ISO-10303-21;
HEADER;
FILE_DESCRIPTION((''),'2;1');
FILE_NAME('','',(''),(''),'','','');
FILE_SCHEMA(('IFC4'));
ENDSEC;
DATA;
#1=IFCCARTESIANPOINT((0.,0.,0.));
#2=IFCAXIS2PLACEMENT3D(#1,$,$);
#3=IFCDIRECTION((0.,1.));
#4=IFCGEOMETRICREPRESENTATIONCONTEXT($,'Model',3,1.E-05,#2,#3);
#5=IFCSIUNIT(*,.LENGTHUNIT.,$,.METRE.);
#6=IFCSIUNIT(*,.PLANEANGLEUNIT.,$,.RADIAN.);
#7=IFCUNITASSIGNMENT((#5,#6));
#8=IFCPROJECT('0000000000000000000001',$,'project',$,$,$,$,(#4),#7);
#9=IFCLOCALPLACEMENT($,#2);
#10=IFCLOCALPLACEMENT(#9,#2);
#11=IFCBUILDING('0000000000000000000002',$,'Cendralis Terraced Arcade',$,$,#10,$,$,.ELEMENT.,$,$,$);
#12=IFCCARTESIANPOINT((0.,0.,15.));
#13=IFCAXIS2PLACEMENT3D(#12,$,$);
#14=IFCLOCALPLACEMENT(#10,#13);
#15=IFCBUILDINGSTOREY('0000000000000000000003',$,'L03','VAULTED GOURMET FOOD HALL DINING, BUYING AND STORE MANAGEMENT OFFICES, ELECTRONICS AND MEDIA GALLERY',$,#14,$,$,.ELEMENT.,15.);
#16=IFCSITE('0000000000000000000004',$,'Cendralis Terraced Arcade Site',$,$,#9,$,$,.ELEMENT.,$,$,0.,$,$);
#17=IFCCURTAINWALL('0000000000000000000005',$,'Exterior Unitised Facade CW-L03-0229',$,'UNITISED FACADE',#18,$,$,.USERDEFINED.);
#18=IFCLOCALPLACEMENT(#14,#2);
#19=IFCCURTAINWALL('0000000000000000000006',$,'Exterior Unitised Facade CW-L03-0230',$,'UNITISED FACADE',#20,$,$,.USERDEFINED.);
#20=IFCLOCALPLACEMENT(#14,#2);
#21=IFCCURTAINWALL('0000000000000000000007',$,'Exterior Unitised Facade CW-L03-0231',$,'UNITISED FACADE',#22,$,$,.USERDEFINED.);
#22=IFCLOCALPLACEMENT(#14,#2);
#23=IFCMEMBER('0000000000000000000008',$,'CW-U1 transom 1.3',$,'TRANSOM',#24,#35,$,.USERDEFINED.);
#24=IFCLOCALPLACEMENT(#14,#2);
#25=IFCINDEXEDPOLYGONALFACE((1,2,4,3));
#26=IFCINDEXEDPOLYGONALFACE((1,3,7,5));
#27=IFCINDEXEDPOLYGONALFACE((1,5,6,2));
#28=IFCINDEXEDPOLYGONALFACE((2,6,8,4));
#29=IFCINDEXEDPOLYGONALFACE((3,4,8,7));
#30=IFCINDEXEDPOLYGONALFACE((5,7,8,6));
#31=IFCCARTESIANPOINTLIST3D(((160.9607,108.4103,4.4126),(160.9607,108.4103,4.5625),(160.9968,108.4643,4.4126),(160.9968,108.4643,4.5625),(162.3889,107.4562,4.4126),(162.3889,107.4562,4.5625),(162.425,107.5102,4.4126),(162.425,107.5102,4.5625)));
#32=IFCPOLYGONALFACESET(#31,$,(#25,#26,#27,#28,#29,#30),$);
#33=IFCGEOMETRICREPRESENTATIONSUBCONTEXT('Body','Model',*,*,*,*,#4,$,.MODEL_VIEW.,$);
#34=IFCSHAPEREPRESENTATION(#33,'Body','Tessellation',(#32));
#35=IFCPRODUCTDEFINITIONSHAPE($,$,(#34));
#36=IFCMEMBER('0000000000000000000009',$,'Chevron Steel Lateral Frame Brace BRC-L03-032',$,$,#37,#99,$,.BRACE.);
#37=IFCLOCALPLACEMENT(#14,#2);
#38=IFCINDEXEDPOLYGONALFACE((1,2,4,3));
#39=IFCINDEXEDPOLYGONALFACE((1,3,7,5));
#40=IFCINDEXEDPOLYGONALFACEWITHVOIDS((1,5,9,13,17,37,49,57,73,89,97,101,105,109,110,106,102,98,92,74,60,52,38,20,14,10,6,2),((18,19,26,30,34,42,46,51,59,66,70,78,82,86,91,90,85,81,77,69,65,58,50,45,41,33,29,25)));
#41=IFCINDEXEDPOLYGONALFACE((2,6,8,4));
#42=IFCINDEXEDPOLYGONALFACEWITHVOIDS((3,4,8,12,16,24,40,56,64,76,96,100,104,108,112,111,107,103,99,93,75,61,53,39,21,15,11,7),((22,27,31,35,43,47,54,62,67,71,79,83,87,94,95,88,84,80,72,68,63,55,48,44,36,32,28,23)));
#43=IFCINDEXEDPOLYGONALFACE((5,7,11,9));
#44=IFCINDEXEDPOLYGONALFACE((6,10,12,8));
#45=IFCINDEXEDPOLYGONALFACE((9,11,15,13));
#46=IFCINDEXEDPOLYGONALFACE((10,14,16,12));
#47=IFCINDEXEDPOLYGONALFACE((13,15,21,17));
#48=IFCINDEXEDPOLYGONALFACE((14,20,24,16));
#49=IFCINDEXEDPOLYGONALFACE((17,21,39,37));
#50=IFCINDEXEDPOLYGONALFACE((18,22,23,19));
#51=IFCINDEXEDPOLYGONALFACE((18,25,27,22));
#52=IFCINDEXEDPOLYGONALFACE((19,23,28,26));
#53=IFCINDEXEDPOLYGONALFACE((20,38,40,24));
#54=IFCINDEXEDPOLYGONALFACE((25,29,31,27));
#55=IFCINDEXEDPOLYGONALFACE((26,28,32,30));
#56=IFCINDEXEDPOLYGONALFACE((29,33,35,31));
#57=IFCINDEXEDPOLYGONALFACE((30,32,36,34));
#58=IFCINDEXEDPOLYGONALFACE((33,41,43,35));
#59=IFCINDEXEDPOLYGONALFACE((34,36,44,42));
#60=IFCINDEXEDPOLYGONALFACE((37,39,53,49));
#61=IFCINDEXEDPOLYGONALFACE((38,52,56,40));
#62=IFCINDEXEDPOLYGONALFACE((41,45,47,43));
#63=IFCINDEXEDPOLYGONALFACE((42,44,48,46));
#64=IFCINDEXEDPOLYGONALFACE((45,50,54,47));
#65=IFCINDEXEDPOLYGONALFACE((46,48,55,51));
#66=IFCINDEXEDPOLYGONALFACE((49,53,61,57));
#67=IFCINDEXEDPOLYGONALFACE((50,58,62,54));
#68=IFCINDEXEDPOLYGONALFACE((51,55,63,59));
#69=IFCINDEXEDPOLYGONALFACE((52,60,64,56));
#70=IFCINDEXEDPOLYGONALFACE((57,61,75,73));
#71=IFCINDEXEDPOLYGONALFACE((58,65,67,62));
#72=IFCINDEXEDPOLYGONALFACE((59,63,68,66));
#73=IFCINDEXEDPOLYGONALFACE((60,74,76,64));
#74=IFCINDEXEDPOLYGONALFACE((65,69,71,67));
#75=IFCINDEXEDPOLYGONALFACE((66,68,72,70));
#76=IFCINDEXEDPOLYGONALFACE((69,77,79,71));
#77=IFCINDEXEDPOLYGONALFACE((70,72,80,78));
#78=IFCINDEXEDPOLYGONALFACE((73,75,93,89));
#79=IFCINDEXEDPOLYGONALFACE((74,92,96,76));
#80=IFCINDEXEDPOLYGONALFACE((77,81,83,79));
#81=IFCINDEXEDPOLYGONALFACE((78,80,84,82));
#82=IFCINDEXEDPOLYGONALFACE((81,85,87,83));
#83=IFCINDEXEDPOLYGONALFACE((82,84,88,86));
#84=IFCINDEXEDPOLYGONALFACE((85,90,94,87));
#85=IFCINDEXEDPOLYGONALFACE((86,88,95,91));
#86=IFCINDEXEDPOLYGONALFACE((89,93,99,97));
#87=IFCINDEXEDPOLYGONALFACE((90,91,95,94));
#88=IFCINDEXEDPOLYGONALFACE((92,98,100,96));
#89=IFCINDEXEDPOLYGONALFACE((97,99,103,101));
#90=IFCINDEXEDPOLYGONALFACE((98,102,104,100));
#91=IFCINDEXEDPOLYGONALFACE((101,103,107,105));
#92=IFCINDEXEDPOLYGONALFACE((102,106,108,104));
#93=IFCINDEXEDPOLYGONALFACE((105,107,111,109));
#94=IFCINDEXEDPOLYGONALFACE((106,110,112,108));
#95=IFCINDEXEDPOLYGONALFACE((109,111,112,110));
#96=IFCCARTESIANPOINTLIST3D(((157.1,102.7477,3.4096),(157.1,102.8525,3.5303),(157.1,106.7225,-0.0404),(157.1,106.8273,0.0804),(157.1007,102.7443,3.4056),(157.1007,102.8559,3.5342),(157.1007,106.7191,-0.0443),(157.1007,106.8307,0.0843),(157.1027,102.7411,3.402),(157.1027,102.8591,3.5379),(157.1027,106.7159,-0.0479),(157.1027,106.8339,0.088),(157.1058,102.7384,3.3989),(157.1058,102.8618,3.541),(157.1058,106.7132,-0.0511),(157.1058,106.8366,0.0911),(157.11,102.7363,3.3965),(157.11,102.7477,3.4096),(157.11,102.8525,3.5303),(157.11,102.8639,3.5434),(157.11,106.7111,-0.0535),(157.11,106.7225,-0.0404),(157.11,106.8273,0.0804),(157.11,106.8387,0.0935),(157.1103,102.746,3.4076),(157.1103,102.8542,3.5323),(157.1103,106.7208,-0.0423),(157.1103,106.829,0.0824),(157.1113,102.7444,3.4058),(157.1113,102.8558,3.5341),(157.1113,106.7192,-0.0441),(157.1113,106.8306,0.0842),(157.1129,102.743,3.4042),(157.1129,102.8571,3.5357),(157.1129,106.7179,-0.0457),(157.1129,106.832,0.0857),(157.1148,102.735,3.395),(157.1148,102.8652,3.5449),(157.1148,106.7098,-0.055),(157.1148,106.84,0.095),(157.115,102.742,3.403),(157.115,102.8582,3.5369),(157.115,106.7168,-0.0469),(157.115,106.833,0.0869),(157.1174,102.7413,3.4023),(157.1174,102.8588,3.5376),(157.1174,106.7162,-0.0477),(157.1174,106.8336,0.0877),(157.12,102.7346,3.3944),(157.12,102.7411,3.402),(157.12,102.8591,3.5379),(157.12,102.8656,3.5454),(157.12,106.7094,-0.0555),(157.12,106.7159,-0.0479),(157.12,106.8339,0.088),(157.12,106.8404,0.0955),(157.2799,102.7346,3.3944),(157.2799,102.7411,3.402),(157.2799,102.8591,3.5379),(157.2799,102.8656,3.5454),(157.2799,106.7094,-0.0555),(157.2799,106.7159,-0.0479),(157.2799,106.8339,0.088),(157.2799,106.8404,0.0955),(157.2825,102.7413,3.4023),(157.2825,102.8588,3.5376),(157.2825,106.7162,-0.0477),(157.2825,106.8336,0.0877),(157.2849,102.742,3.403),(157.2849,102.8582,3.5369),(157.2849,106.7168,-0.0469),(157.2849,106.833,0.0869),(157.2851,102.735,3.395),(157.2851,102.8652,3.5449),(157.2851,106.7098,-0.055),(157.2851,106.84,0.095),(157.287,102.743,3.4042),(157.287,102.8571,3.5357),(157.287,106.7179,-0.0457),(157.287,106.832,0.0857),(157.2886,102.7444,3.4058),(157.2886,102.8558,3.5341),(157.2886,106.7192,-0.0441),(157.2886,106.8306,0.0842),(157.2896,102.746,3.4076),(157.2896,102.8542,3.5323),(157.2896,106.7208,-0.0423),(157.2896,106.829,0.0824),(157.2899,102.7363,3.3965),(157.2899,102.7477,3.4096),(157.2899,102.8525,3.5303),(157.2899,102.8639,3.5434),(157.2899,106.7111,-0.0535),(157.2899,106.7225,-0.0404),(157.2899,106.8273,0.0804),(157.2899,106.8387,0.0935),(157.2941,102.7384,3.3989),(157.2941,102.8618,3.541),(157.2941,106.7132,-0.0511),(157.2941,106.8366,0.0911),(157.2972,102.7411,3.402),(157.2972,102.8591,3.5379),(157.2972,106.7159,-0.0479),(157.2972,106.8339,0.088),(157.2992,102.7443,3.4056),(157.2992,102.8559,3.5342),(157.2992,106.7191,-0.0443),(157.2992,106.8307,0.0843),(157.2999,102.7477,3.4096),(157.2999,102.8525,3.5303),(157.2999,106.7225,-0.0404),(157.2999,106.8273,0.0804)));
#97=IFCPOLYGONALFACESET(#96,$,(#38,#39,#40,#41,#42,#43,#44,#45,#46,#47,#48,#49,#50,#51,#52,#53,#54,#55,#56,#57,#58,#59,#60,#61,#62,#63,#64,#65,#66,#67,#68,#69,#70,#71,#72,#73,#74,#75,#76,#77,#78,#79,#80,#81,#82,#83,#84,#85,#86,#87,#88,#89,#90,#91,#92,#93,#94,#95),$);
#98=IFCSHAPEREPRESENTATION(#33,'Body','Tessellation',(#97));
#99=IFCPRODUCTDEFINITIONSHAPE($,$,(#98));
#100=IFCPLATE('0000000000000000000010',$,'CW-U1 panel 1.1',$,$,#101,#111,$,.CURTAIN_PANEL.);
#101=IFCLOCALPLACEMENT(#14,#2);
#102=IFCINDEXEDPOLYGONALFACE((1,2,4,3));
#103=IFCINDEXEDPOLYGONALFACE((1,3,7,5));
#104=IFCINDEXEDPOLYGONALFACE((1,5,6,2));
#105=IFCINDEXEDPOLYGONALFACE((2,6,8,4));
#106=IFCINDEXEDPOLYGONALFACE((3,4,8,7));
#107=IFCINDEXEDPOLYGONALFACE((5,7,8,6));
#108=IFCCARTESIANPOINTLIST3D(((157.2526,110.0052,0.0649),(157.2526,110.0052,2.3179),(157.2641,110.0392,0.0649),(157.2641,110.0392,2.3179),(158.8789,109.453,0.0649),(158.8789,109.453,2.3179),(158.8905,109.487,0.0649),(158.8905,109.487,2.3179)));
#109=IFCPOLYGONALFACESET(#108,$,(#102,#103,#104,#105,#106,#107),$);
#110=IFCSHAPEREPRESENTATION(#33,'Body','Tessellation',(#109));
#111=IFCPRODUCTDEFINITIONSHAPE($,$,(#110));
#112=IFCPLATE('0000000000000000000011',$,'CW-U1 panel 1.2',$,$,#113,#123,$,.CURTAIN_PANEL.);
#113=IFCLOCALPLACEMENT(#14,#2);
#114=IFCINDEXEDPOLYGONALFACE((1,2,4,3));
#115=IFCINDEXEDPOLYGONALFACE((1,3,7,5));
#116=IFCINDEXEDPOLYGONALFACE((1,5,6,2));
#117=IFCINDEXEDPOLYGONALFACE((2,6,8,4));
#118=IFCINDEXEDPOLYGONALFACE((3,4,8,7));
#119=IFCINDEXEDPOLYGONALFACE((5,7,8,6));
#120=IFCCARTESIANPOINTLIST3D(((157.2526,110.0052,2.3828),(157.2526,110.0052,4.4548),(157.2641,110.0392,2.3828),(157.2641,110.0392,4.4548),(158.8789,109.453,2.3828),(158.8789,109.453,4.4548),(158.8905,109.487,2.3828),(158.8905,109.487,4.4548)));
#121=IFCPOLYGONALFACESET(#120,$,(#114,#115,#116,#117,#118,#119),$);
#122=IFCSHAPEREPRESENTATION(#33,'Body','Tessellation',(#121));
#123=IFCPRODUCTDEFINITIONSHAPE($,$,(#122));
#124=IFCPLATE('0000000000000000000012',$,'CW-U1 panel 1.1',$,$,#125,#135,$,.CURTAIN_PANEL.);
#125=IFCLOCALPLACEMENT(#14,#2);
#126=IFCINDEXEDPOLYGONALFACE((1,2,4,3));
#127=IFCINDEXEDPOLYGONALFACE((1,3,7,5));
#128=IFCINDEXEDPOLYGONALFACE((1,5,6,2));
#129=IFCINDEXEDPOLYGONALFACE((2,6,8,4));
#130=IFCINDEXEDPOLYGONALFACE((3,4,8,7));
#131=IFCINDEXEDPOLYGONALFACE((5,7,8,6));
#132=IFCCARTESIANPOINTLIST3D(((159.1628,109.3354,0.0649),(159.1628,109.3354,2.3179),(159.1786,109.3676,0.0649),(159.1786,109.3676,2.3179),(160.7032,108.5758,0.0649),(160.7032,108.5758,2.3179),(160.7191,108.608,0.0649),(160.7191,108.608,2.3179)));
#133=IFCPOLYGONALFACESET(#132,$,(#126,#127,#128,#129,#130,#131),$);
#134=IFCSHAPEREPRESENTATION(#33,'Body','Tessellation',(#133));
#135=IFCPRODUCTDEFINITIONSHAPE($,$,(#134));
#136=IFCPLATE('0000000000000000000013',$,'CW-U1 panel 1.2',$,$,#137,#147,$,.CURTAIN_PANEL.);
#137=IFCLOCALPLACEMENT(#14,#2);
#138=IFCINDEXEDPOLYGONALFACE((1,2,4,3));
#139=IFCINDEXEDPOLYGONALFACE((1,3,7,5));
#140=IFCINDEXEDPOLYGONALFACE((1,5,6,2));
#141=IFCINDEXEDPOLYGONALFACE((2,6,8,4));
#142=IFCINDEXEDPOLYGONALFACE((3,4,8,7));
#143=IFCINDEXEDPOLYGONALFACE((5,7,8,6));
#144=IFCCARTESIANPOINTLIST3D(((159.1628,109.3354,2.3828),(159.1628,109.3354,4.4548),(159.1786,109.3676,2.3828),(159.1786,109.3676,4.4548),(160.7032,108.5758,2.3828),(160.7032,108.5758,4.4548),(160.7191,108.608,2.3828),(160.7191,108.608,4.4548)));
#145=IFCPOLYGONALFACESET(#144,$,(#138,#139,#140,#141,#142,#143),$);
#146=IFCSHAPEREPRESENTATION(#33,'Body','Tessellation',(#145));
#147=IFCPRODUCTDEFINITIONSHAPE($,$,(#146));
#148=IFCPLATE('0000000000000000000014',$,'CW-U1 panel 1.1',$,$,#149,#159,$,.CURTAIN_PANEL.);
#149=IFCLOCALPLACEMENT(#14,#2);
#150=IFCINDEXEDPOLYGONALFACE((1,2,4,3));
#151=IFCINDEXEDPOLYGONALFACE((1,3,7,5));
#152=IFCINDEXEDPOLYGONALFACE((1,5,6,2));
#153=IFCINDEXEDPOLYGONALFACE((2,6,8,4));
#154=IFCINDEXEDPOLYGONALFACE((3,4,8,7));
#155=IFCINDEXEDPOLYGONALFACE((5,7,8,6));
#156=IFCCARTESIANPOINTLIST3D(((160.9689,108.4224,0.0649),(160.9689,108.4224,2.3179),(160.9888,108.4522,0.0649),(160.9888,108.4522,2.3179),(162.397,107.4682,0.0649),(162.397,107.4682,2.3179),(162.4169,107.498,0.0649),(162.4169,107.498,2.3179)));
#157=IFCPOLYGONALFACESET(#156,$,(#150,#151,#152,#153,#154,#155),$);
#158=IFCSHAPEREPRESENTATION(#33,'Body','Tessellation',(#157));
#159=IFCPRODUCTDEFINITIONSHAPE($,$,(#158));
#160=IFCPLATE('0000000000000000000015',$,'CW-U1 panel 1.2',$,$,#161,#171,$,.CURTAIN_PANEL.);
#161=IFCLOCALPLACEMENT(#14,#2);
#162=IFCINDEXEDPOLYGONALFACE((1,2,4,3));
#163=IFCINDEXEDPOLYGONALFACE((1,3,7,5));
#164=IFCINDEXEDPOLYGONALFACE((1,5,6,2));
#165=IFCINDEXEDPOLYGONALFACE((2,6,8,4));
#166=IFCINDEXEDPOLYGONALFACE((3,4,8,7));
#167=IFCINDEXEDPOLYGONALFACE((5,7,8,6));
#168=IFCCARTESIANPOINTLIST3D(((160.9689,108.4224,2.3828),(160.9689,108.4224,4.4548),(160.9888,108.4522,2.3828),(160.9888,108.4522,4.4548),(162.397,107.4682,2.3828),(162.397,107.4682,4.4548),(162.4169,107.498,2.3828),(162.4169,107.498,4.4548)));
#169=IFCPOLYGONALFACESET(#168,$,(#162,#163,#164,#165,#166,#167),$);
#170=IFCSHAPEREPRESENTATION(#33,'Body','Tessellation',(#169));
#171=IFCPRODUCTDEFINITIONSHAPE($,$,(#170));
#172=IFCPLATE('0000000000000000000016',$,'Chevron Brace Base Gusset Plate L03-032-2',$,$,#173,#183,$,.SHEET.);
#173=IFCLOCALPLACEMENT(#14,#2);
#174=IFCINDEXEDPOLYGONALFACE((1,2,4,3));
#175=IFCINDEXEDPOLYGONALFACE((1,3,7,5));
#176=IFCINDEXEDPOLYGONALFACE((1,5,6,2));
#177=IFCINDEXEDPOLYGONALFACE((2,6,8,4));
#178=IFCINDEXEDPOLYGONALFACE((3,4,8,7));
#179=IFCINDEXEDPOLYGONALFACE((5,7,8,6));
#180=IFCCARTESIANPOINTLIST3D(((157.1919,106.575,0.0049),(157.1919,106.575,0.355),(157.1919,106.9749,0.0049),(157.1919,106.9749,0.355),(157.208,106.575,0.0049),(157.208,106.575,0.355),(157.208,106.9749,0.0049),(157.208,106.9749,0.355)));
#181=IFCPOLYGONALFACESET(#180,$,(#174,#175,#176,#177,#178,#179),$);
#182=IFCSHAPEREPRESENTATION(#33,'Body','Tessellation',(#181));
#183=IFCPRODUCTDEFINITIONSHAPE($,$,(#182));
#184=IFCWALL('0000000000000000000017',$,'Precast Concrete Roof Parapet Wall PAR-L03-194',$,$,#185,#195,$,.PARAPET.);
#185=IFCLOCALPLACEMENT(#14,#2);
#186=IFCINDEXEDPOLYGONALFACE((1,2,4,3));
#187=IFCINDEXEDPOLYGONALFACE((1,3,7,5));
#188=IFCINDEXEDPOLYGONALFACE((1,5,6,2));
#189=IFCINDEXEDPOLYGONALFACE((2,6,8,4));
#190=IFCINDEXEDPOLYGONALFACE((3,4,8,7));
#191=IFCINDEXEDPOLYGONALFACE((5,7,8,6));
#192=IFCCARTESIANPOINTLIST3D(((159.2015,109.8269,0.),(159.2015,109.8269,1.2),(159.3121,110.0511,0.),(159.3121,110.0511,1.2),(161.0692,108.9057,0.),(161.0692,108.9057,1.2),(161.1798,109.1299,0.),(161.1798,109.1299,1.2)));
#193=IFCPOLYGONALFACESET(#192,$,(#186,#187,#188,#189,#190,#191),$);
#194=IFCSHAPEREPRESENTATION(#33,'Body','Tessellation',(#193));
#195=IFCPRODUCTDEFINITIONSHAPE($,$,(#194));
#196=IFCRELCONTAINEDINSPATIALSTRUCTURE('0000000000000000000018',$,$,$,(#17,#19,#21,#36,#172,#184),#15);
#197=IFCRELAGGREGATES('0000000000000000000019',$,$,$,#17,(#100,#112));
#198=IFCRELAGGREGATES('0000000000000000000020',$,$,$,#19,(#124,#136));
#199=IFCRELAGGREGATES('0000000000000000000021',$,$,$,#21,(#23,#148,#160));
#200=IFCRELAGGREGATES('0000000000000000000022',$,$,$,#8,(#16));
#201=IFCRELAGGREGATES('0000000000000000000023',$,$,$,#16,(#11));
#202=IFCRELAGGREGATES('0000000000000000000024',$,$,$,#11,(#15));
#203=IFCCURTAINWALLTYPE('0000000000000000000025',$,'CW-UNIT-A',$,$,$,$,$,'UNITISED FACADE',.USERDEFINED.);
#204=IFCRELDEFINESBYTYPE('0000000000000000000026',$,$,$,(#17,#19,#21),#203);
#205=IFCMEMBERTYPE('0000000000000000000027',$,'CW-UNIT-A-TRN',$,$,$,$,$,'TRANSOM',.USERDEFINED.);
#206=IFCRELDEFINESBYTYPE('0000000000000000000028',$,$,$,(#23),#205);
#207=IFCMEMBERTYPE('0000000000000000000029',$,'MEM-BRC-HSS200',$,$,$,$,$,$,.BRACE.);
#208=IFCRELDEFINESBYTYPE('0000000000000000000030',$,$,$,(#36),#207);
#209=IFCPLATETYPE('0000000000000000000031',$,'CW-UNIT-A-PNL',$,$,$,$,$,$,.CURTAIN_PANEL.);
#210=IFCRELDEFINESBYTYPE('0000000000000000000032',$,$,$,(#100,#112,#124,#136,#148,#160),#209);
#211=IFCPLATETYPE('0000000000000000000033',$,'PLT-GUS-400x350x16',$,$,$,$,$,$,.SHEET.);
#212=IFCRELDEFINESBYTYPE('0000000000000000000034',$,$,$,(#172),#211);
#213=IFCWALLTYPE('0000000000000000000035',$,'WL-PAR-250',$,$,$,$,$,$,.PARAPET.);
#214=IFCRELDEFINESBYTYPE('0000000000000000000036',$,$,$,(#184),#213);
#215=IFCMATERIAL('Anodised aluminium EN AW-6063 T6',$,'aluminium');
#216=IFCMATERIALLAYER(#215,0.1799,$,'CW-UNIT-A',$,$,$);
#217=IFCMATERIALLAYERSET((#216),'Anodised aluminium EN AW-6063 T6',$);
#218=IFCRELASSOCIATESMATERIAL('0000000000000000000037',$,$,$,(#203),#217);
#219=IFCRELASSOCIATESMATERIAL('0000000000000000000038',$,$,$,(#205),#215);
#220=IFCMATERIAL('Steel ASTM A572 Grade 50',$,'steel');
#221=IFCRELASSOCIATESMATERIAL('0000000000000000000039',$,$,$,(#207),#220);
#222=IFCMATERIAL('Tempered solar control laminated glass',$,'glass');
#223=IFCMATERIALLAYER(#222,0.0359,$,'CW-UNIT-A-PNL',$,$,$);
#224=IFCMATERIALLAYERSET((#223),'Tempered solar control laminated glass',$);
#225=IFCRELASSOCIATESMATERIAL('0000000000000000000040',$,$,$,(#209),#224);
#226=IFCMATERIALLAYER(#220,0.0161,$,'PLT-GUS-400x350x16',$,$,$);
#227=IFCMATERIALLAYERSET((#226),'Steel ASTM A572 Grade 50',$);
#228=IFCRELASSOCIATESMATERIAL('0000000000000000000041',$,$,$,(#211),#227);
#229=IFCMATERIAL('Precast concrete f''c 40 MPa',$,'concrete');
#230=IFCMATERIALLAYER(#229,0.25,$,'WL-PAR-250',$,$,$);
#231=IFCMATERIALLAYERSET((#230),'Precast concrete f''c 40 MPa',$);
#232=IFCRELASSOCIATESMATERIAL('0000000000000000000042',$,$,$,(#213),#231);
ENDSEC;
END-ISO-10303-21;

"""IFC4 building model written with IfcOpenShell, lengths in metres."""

from ifc_helpers import new_model, si_unit, direction, frame, frame_2d, origin, origin_2d, place, context, subcontext, project, spatial, rectangle, hollow_rectangle, extrude, material, layer, layer_set, material_profile, profile_set, type_object, element, aggregate, save


model = new_model("IFC4")

# Units and contexts
model_context = context("Model", 3, precision=1e-05, world=origin(), true_north=direction((0.0, 1.0)))
body_context = subcontext(model_context, "Body", "Model", "MODEL_VIEW")
ifc_project = project(units=[si_unit("LENGTHUNIT", "METRE"), si_unit("PLANEANGLEUNIT", "RADIAN")], contexts=[model_context])

# Site, building, storey
site_placement = place(None, origin())
site = spatial("IfcSite", under=ifc_project, at=site_placement, Name="Cendralis Terraced Arcade Site", CompositionType="ELEMENT", RefElevation=0.0)
building_placement = place(site_placement, origin())
building = spatial("IfcBuilding", under=site, at=building_placement, Name="Cendralis Terraced Arcade", CompositionType="ELEMENT")
storey_placement = place(building_placement, frame((0.0, 0.0, 15.0)))
storey = spatial("IfcBuildingStorey", under=building, at=storey_placement, Name="L03", Description="VAULTED GOURMET FOOD HALL DINING, BUYING AND STORE MANAGEMENT OFFICES, ELECTRONICS AND MEDIA GALLERY", CompositionType="ELEMENT", Elevation=15.0)

# Curtain walls
ifc_material_1 = material(Name="Anodised aluminium EN AW-6063 T6", Category="aluminium")
ifc_layer_1 = layer(ifc_material_1, 0.1799, Name="CW-UNIT-A")
ifc_layer_set_1 = layer_set([ifc_layer_1], Name="Anodised aluminium EN AW-6063 T6")
curtain_wall_type = type_object("IfcCurtainWallType", Name="CW-UNIT-A", ElementType="UNITISED FACADE", PredefinedType="USERDEFINED", material=ifc_layer_set_1)
curtain_wall_1_placement = place(storey_placement, origin())
curtain_wall_1 = element("IfcCurtainWall", 1, at=curtain_wall_1_placement, inside=storey, type_object=curtain_wall_type, Name="Exterior Unitised Facade CW-L03-0229", ObjectType="UNITISED FACADE", PredefinedType="USERDEFINED")
curtain_wall_2_placement = place(storey_placement, origin())
curtain_wall_2 = element("IfcCurtainWall", 2, at=curtain_wall_2_placement, inside=storey, type_object=curtain_wall_type, Name="Exterior Unitised Facade CW-L03-0230", ObjectType="UNITISED FACADE", PredefinedType="USERDEFINED")

# Curtain wall
curtain_wall_3_placement = place(storey_placement, origin())
curtain_wall_3 = element("IfcCurtainWall", 3, at=curtain_wall_3_placement, inside=storey, type_object=curtain_wall_type, Name="Exterior Unitised Facade CW-L03-0231", ObjectType="UNITISED FACADE", PredefinedType="USERDEFINED")

# Members
ifc_material_profile_1 = material_profile(ifc_material_1, rectangle(XDim=0.0649, YDim=0.1499, at=origin_2d()), Name="ALU-TRN-65x150")
ifc_profile_set_1 = profile_set([ifc_material_profile_1], Name="Anodised aluminium EN AW-6063 T6")
member_type_1 = type_object("IfcMemberType", Name="CW-UNIT-A-TRN", ElementType="TRANSOM", PredefinedType="USERDEFINED", material=ifc_profile_set_1)
member_1_placement = place(storey_placement, frame((160.9788, 108.4373, 4.4875), z_axis=(0.831525, -0.555487, 0.0), x_axis=(0.555487, 0.831525, 0.0)))
member_1 = element("IfcMember", 4, at=member_1_placement, type_object=member_type_1, Name="CW-U1 transom 1.3", ObjectType="TRANSOM", PredefinedType="USERDEFINED", context=body_context, shape_type="SweptSolid", body=[
    extrude(rectangle(XDim=0.0649, YDim=0.1499, at=origin_2d()), origin(), (0.0, 0.0, 1.0), 1.7175),
])
ifc_material_2 = material(Name="Steel ASTM A572 Grade 50", Category="steel")
ifc_material_profile_2 = material_profile(ifc_material_2, hollow_rectangle(XDim=0.2, YDim=0.2, WallThickness=0.01, InnerFilletRadius=0.01, OuterFilletRadius=0.02, at=origin_2d()), Name="HSS200X200X10", Category="LoadBearing")
ifc_profile_set_2 = profile_set([ifc_material_profile_2], Name="Steel ASTM A572 Grade 50")
member_type_2 = type_object("IfcMemberType", Name="MEM-BRC-HSS200", PredefinedType="BRACE", material=ifc_profile_set_2)
member_2_placement = place(storey_placement, frame((157.2, 106.7749, 0.02), z_axis=(0.0, -0.755211, 0.655481), x_axis=(1.0, 0.0, 0.0)))
element("IfcMember", 5, at=member_2_placement, inside=storey, type_object=member_type_2, Name="Chevron Steel Lateral Frame Brace BRC-L03-032", PredefinedType="BRACE", context=body_context, shape_type="SweptSolid", body=[
    extrude(hollow_rectangle(XDim=0.2, YDim=0.2, WallThickness=0.01, InnerFilletRadius=0.01, OuterFilletRadius=0.02, at=origin_2d()), origin(), (0.0, 0.0, 1.0), 5.2632),
])

# Plates
ifc_material_3 = material(Name="Tempered solar control laminated glass", Category="glass")
ifc_layer_2 = layer(ifc_material_3, 0.0359, Name="CW-UNIT-A-PNL")
ifc_layer_set_2 = layer_set([ifc_layer_2], Name="Tempered solar control laminated glass")
plate_type_1 = type_object("IfcPlateType", Name="CW-UNIT-A-PNL", PredefinedType="CURTAIN_PANEL", material=ifc_layer_set_2)
plate_1_placement = place(storey_placement, frame((158.0715, 109.7461, 0.0649), z_axis=(0.0, 0.0, 1.0), x_axis=(0.94691, -0.3215, 0.0)))
plate_1 = element("IfcPlate", 6, at=plate_1_placement, type_object=plate_type_1, Name="CW-U1 panel 1.1", PredefinedType="CURTAIN_PANEL", context=body_context, shape_type="SweptSolid", body=[
    extrude(rectangle(XDim=1.7175, YDim=0.0359, at=origin_2d()), origin(), (0.0, 0.0, 1.0), 2.2529),
])
plate_2_placement = place(storey_placement, frame((158.0715, 109.7461, 2.3828), z_axis=(0.0, 0.0, 1.0), x_axis=(0.94691, -0.3215, 0.0)))
plate_2 = element("IfcPlate", 7, at=plate_2_placement, type_object=plate_type_1, Name="CW-U1 panel 1.2", PredefinedType="CURTAIN_PANEL", context=body_context, shape_type="SweptSolid", body=[
    extrude(rectangle(XDim=1.7175, YDim=0.0359, at=origin_2d()), origin(), (0.0, 0.0, 1.0), 2.072),
])
aggregate(curtain_wall_1, [plate_1, plate_2])
plate_3_placement = place(storey_placement, frame((159.9409, 108.9717, 0.0649), z_axis=(0.0, 0.0, 1.0), x_axis=(0.896882, -0.44227, 0.0)))
plate_3 = element("IfcPlate", 8, at=plate_3_placement, type_object=plate_type_1, Name="CW-U1 panel 1.1", PredefinedType="CURTAIN_PANEL", context=body_context, shape_type="SweptSolid", body=[
    extrude(rectangle(XDim=1.7175, YDim=0.0359, at=origin_2d()), origin(), (0.0, 0.0, 1.0), 2.2529),
])
plate_4_placement = place(storey_placement, frame((159.9409, 108.9717, 2.3828), z_axis=(0.0, 0.0, 1.0), x_axis=(0.896882, -0.44227, 0.0)))
plate_4 = element("IfcPlate", 9, at=plate_4_placement, type_object=plate_type_1, Name="CW-U1 panel 1.2", PredefinedType="CURTAIN_PANEL", context=body_context, shape_type="SweptSolid", body=[
    extrude(rectangle(XDim=1.7175, YDim=0.0359, at=origin_2d()), origin(), (0.0, 0.0, 1.0), 2.072),
])
aggregate(curtain_wall_2, [plate_3, plate_4])
plate_5_placement = place(storey_placement, frame((161.6929, 107.9602, 0.0649), z_axis=(0.0, 0.0, 1.0), x_axis=(0.831484, -0.555549, 0.0)))
plate_5 = element("IfcPlate", 10, at=plate_5_placement, type_object=plate_type_1, Name="CW-U1 panel 1.1", PredefinedType="CURTAIN_PANEL", context=body_context, shape_type="SweptSolid", body=[
    extrude(rectangle(XDim=1.7175, YDim=0.0359, at=origin_2d()), origin(), (0.0, 0.0, 1.0), 2.2529),
])
plate_6_placement = place(storey_placement, frame((161.6929, 107.9602, 2.3828), z_axis=(0.0, 0.0, 1.0), x_axis=(0.831484, -0.555549, 0.0)))
plate_6 = element("IfcPlate", 11, at=plate_6_placement, type_object=plate_type_1, Name="CW-U1 panel 1.2", PredefinedType="CURTAIN_PANEL", context=body_context, shape_type="SweptSolid", body=[
    extrude(rectangle(XDim=1.7175, YDim=0.0359, at=origin_2d()), origin(), (0.0, 0.0, 1.0), 2.072),
])
aggregate(curtain_wall_3, [member_1, plate_5, plate_6])
ifc_layer_3 = layer(ifc_material_2, 0.0161, Name="PLT-GUS-400x350x16")
ifc_layer_set_3 = layer_set([ifc_layer_3], Name="Steel ASTM A572 Grade 50")
plate_type_2 = type_object("IfcPlateType", Name="PLT-GUS-400x350x16", PredefinedType="SHEET", material=ifc_layer_set_3)
plate_7_placement = place(storey_placement, frame((157.2, 106.7749, 0.0049), z_axis=(0.0, 0.0, 1.0), x_axis=(0.0, 1.0, 0.0)))
element("IfcPlate", 12, at=plate_7_placement, inside=storey, type_object=plate_type_2, Name="Chevron Brace Base Gusset Plate L03-032-2", PredefinedType="SHEET", context=body_context, shape_type="SweptSolid", body=[
    extrude(rectangle(XDim=0.3999, YDim=0.0161, at=origin_2d()), origin(), (0.0, 0.0, 1.0), 0.3501),
])

# Wall
ifc_material_4 = material(Name="Precast concrete f'c 40 MPa", Category="concrete")
ifc_layer_4 = layer(ifc_material_4, 0.25, Name="WL-PAR-250")
ifc_layer_set_4 = layer_set([ifc_layer_4], Name="Precast concrete f'c 40 MPa")
wall_type = type_object("IfcWallType", Name="WL-PAR-250", PredefinedType="PARAPET", material=ifc_layer_set_4)
wall_1_placement = place(storey_placement, frame((161.1245, 109.0178, 0.0), z_axis=(0.0, 0.0, 1.0), x_axis=(-0.896852, 0.44233, 0.0)))
element("IfcWall", 13, at=wall_1_placement, inside=storey, type_object=wall_type, Name="Precast Concrete Roof Parapet Wall PAR-L03-194", PredefinedType="PARAPET", context=body_context, shape_type="SweptSolid", body=[
    extrude(rectangle(XDim=2.0825, YDim=0.25, at=frame_2d((1.0413, 0.0))), origin(), (0.0, 0.0, 1.0), 1.2),
])

save(model, "model.ifc")
